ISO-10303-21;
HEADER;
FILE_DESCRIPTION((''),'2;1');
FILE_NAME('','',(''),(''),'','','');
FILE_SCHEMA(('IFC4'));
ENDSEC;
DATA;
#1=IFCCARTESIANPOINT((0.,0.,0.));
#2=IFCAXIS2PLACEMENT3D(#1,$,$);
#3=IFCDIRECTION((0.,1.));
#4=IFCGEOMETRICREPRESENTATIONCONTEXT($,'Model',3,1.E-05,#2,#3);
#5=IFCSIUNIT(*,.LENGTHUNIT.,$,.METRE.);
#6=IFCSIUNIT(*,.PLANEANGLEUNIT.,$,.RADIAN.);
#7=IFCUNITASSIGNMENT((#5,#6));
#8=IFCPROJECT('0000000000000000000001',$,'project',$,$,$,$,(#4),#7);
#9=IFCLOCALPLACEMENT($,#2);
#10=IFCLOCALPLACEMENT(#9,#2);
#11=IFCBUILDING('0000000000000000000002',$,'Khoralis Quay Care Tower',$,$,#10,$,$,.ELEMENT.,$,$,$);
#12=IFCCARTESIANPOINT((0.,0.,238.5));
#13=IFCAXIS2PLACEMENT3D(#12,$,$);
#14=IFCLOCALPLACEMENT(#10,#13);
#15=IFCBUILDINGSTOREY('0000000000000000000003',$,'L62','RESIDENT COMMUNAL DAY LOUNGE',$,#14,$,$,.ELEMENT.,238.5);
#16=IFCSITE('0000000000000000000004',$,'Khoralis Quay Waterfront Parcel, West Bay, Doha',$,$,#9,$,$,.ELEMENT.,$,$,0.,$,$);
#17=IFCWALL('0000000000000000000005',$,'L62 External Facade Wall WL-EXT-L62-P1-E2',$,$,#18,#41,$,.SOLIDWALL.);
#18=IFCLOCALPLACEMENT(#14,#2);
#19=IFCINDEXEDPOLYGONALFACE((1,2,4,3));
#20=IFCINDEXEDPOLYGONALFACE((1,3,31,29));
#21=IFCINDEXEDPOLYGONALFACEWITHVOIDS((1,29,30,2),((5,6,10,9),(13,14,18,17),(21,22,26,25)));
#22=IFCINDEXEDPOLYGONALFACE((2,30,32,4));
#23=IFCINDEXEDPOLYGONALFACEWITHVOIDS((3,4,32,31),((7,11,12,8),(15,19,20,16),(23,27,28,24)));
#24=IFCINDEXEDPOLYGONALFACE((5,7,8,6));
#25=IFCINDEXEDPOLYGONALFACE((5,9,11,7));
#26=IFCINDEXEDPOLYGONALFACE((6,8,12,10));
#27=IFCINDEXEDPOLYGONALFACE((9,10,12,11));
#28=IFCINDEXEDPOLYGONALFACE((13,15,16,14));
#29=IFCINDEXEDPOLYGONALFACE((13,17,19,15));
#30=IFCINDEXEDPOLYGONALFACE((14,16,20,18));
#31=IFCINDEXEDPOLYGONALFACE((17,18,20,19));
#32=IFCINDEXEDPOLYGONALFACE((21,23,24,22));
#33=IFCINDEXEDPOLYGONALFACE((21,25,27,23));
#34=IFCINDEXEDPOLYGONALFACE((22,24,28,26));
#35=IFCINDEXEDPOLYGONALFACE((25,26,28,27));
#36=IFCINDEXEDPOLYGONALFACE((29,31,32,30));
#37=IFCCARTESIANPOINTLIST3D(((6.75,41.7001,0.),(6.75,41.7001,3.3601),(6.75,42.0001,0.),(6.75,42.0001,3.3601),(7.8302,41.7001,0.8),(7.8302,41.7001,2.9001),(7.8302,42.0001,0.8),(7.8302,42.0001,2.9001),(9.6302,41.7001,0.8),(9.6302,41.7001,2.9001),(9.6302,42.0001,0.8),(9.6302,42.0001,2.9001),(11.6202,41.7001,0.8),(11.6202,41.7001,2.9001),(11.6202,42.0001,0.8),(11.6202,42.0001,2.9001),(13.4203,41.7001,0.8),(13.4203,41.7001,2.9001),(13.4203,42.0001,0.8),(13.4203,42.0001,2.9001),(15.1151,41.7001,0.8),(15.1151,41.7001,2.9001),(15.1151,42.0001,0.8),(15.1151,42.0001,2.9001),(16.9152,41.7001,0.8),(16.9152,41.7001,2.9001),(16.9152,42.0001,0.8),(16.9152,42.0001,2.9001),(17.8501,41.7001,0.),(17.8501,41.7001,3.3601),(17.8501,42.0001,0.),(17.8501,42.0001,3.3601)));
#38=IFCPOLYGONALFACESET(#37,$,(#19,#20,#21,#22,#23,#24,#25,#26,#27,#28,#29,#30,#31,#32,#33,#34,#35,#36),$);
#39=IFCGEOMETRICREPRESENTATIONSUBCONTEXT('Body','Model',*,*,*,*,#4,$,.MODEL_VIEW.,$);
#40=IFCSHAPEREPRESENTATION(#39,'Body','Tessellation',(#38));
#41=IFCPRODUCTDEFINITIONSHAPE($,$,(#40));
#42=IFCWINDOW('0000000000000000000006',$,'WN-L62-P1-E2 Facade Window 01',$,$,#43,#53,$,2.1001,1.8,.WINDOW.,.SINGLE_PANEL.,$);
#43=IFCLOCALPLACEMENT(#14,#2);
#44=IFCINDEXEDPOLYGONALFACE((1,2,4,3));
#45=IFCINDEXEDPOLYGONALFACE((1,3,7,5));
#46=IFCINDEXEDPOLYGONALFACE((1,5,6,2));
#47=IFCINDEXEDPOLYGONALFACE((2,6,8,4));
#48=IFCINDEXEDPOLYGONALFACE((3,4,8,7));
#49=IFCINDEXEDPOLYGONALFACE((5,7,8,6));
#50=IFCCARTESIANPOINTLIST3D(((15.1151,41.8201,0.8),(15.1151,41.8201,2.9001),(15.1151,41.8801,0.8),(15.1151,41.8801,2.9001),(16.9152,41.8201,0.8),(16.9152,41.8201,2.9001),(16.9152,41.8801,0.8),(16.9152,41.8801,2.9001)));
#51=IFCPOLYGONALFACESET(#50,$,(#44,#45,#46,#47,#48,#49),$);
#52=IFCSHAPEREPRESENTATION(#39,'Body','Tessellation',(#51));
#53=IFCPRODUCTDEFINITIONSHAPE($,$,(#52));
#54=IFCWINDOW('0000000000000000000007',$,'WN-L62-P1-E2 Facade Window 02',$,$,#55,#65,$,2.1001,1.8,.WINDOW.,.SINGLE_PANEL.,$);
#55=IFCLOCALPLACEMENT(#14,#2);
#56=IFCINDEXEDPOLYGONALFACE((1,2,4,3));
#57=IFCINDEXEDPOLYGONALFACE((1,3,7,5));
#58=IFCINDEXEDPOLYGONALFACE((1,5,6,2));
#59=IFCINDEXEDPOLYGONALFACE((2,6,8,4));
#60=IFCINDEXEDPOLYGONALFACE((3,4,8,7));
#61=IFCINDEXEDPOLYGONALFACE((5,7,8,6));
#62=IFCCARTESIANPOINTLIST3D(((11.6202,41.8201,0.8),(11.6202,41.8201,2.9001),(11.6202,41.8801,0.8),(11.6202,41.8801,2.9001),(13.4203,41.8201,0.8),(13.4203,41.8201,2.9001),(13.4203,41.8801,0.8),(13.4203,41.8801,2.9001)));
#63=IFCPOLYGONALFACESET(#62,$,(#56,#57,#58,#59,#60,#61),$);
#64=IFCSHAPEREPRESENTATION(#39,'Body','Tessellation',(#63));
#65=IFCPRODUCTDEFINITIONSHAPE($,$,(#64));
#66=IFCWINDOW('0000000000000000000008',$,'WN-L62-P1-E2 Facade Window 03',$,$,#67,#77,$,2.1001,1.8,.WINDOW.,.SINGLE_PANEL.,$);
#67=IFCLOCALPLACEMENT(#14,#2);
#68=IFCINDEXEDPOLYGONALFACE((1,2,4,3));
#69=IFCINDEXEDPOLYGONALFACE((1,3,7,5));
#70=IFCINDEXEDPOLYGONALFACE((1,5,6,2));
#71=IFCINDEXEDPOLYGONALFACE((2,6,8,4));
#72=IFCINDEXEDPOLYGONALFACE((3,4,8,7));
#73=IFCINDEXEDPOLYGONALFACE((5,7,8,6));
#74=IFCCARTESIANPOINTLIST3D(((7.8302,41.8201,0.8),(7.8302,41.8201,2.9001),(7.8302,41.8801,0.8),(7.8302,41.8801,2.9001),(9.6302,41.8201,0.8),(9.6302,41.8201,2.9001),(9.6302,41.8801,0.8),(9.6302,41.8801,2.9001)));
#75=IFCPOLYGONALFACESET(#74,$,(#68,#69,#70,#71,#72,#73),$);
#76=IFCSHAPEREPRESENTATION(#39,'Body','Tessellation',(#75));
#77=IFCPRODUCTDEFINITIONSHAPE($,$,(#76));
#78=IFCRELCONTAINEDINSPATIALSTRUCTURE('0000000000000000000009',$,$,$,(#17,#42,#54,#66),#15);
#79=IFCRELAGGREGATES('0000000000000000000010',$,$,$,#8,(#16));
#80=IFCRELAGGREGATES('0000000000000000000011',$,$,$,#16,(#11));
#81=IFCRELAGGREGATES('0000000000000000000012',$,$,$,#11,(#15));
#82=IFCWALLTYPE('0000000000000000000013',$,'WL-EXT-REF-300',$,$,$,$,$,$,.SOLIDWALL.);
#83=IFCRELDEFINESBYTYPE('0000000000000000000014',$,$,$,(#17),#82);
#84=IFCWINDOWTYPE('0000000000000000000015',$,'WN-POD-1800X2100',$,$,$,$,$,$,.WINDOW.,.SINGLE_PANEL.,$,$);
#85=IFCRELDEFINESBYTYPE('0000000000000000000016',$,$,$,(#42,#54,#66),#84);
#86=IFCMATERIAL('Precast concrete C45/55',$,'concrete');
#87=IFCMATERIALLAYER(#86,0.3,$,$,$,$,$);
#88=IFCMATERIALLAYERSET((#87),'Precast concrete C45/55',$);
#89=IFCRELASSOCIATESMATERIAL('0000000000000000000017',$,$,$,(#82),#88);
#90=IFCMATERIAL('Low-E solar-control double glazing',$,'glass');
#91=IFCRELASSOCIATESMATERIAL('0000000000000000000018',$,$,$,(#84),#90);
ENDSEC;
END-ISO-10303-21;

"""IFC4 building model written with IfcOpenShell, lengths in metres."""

from ifc_helpers import new_model, si_unit, direction, frame, frame_2d, origin, place, context, subcontext, project, spatial, rectangle, extrude, source, transform, mapped, material, layer, layer_set, type_object, element, fill, save


model = new_model("IFC4")

# Units and contexts
model_context = context("Model", 3, precision=1e-05, world=origin(), true_north=direction((0.0, 1.0)))
body_context = subcontext(model_context, "Body", "Model", "MODEL_VIEW")
ifc_project = project(units=[si_unit("LENGTHUNIT", "METRE"), si_unit("PLANEANGLEUNIT", "RADIAN")], contexts=[model_context])

# Site, building, storey
site_placement = place(None, origin())
site = spatial("IfcSite", under=ifc_project, at=site_placement, Name="Khoralis Quay Waterfront Parcel, West Bay, Doha", CompositionType="ELEMENT", RefElevation=0.0)
building_placement = place(site_placement, origin())
building = spatial("IfcBuilding", under=site, at=building_placement, Name="Khoralis Quay Care Tower", CompositionType="ELEMENT")
storey_placement = place(building_placement, frame((0.0, 0.0, 238.5)))
storey = spatial("IfcBuildingStorey", under=building, at=storey_placement, Name="L62", Description="RESIDENT COMMUNAL DAY LOUNGE", CompositionType="ELEMENT", Elevation=238.5)

# Shared definitions
ifc_material_1 = material(Name="Low-E solar-control double glazing", Category="glass")

# Wall, openings, windows
ifc_material_2 = material(Name="Precast concrete C45/55", Category="concrete")
ifc_layer_1 = layer(ifc_material_2, 0.3)
ifc_layer_set_1 = layer_set([ifc_layer_1], Name="Precast concrete C45/55")
wall_type = type_object("IfcWallType", Name="WL-EXT-REF-300", PredefinedType="SOLIDWALL", material=ifc_layer_set_1)
wall_placement = place(storey_placement, frame((17.8501, 41.8501, 0.0), z_axis=(0.0, 0.0, 1.0), x_axis=(-1.0, 0.0, 0.0)))
wall = element("IfcWall", 1, at=wall_placement, inside=storey, type_object=wall_type, Name="L62 External Facade Wall WL-EXT-L62-P1-E2", PredefinedType="SOLIDWALL", context=body_context, shape_type="SweptSolid", body=[
    extrude(rectangle(XDim=11.1001, YDim=0.3, at=frame_2d((5.55, 0.0))), origin(), (0.0, 0.0, 1.0), 3.3601),
])
opening_1_placement = place(wall_placement, frame((0.9351, 0.0, 0.8)))
opening_1 = element("IfcOpeningElement", 2, at=opening_1_placement, cuts=wall, PredefinedType="OPENING", context=body_context, shape_type="SweptSolid", body=[
    extrude(rectangle(XDim=1.8, YDim=2.1001, at=frame_2d((0.8999, 1.05))), frame((0.0, 0.1602, 0.0), z_axis=(0.0, -1.0, 0.0), x_axis=(1.0, 0.0, 0.0)), (0.0, 0.0, 1.0), 0.3201),
])
opening_2_placement = place(wall_placement, frame((4.4299, 0.0, 0.8)))
opening_2 = element("IfcOpeningElement", 3, at=opening_2_placement, cuts=wall, PredefinedType="OPENING", context=body_context, shape_type="SweptSolid", body=[
    extrude(rectangle(XDim=1.8, YDim=2.1001, at=frame_2d((0.8999, 1.05))), frame((0.0, 0.1602, 0.0), z_axis=(0.0, -1.0, 0.0), x_axis=(1.0, 0.0, 0.0)), (0.0, 0.0, 1.0), 0.3201),
])
opening_3_placement = place(wall_placement, frame((8.22, 0.0, 0.8)))
opening_3 = element("IfcOpeningElement", 4, at=opening_3_placement, cuts=wall, PredefinedType="OPENING", context=body_context, shape_type="SweptSolid", body=[
    extrude(rectangle(XDim=1.8, YDim=2.1001, at=frame_2d((0.8999, 1.05))), frame((0.0, 0.1602, 0.0), z_axis=(0.0, -1.0, 0.0), x_axis=(1.0, 0.0, 0.0)), (0.0, 0.0, 1.0), 0.3201),
])
window_type = type_object("IfcWindowType", Name="WN-POD-1800X2100", PartitioningType="SINGLE_PANEL", PredefinedType="WINDOW", material=ifc_material_1)
shared_shape_1 = source(origin(), body_context, "Body", "SweptSolid", [
    extrude(rectangle(XDim=1.8, YDim=2.1001, at=frame_2d((0.8999, 1.05))), frame((0.0, 0.03, 0.0), z_axis=(0.0, -1.0, 0.0), x_axis=(1.0, 0.0, 0.0)), (0.0, 0.0, 1.0), 0.0601),
])
window_1_placement = place(opening_1_placement, origin())
window_1 = element("IfcWindow", 5, at=window_1_placement, inside=storey, type_object=window_type, Name="WN-L62-P1-E2 Facade Window 01", OverallHeight=2.1001, OverallWidth=1.8, PartitioningType="SINGLE_PANEL", PredefinedType="WINDOW", context=body_context, shape_type="MappedRepresentation", body=[
    mapped(shared_shape_1, transform((0.0, 0.0, 0.0), scale=1.0)),
])
fill(opening_1, window_1)
window_2_placement = place(opening_2_placement, origin())
window_2 = element("IfcWindow", 6, at=window_2_placement, inside=storey, type_object=window_type, Name="WN-L62-P1-E2 Facade Window 02", OverallHeight=2.1001, OverallWidth=1.8, PartitioningType="SINGLE_PANEL", PredefinedType="WINDOW", context=body_context, shape_type="MappedRepresentation", body=[
    mapped(shared_shape_1, transform((0.0, 0.0, 0.0), scale=1.0)),
])
fill(opening_2, window_2)
window_3_placement = place(opening_3_placement, origin())
window_3 = element("IfcWindow", 7, at=window_3_placement, inside=storey, type_object=window_type, Name="WN-L62-P1-E2 Facade Window 03", OverallHeight=2.1001, OverallWidth=1.8, PartitioningType="SINGLE_PANEL", PredefinedType="WINDOW", context=body_context, shape_type="MappedRepresentation", body=[
    mapped(shared_shape_1, transform((0.0, 0.0, 0.0), scale=1.0)),
])
fill(opening_3, window_3)

save(model, "model.ifc")
